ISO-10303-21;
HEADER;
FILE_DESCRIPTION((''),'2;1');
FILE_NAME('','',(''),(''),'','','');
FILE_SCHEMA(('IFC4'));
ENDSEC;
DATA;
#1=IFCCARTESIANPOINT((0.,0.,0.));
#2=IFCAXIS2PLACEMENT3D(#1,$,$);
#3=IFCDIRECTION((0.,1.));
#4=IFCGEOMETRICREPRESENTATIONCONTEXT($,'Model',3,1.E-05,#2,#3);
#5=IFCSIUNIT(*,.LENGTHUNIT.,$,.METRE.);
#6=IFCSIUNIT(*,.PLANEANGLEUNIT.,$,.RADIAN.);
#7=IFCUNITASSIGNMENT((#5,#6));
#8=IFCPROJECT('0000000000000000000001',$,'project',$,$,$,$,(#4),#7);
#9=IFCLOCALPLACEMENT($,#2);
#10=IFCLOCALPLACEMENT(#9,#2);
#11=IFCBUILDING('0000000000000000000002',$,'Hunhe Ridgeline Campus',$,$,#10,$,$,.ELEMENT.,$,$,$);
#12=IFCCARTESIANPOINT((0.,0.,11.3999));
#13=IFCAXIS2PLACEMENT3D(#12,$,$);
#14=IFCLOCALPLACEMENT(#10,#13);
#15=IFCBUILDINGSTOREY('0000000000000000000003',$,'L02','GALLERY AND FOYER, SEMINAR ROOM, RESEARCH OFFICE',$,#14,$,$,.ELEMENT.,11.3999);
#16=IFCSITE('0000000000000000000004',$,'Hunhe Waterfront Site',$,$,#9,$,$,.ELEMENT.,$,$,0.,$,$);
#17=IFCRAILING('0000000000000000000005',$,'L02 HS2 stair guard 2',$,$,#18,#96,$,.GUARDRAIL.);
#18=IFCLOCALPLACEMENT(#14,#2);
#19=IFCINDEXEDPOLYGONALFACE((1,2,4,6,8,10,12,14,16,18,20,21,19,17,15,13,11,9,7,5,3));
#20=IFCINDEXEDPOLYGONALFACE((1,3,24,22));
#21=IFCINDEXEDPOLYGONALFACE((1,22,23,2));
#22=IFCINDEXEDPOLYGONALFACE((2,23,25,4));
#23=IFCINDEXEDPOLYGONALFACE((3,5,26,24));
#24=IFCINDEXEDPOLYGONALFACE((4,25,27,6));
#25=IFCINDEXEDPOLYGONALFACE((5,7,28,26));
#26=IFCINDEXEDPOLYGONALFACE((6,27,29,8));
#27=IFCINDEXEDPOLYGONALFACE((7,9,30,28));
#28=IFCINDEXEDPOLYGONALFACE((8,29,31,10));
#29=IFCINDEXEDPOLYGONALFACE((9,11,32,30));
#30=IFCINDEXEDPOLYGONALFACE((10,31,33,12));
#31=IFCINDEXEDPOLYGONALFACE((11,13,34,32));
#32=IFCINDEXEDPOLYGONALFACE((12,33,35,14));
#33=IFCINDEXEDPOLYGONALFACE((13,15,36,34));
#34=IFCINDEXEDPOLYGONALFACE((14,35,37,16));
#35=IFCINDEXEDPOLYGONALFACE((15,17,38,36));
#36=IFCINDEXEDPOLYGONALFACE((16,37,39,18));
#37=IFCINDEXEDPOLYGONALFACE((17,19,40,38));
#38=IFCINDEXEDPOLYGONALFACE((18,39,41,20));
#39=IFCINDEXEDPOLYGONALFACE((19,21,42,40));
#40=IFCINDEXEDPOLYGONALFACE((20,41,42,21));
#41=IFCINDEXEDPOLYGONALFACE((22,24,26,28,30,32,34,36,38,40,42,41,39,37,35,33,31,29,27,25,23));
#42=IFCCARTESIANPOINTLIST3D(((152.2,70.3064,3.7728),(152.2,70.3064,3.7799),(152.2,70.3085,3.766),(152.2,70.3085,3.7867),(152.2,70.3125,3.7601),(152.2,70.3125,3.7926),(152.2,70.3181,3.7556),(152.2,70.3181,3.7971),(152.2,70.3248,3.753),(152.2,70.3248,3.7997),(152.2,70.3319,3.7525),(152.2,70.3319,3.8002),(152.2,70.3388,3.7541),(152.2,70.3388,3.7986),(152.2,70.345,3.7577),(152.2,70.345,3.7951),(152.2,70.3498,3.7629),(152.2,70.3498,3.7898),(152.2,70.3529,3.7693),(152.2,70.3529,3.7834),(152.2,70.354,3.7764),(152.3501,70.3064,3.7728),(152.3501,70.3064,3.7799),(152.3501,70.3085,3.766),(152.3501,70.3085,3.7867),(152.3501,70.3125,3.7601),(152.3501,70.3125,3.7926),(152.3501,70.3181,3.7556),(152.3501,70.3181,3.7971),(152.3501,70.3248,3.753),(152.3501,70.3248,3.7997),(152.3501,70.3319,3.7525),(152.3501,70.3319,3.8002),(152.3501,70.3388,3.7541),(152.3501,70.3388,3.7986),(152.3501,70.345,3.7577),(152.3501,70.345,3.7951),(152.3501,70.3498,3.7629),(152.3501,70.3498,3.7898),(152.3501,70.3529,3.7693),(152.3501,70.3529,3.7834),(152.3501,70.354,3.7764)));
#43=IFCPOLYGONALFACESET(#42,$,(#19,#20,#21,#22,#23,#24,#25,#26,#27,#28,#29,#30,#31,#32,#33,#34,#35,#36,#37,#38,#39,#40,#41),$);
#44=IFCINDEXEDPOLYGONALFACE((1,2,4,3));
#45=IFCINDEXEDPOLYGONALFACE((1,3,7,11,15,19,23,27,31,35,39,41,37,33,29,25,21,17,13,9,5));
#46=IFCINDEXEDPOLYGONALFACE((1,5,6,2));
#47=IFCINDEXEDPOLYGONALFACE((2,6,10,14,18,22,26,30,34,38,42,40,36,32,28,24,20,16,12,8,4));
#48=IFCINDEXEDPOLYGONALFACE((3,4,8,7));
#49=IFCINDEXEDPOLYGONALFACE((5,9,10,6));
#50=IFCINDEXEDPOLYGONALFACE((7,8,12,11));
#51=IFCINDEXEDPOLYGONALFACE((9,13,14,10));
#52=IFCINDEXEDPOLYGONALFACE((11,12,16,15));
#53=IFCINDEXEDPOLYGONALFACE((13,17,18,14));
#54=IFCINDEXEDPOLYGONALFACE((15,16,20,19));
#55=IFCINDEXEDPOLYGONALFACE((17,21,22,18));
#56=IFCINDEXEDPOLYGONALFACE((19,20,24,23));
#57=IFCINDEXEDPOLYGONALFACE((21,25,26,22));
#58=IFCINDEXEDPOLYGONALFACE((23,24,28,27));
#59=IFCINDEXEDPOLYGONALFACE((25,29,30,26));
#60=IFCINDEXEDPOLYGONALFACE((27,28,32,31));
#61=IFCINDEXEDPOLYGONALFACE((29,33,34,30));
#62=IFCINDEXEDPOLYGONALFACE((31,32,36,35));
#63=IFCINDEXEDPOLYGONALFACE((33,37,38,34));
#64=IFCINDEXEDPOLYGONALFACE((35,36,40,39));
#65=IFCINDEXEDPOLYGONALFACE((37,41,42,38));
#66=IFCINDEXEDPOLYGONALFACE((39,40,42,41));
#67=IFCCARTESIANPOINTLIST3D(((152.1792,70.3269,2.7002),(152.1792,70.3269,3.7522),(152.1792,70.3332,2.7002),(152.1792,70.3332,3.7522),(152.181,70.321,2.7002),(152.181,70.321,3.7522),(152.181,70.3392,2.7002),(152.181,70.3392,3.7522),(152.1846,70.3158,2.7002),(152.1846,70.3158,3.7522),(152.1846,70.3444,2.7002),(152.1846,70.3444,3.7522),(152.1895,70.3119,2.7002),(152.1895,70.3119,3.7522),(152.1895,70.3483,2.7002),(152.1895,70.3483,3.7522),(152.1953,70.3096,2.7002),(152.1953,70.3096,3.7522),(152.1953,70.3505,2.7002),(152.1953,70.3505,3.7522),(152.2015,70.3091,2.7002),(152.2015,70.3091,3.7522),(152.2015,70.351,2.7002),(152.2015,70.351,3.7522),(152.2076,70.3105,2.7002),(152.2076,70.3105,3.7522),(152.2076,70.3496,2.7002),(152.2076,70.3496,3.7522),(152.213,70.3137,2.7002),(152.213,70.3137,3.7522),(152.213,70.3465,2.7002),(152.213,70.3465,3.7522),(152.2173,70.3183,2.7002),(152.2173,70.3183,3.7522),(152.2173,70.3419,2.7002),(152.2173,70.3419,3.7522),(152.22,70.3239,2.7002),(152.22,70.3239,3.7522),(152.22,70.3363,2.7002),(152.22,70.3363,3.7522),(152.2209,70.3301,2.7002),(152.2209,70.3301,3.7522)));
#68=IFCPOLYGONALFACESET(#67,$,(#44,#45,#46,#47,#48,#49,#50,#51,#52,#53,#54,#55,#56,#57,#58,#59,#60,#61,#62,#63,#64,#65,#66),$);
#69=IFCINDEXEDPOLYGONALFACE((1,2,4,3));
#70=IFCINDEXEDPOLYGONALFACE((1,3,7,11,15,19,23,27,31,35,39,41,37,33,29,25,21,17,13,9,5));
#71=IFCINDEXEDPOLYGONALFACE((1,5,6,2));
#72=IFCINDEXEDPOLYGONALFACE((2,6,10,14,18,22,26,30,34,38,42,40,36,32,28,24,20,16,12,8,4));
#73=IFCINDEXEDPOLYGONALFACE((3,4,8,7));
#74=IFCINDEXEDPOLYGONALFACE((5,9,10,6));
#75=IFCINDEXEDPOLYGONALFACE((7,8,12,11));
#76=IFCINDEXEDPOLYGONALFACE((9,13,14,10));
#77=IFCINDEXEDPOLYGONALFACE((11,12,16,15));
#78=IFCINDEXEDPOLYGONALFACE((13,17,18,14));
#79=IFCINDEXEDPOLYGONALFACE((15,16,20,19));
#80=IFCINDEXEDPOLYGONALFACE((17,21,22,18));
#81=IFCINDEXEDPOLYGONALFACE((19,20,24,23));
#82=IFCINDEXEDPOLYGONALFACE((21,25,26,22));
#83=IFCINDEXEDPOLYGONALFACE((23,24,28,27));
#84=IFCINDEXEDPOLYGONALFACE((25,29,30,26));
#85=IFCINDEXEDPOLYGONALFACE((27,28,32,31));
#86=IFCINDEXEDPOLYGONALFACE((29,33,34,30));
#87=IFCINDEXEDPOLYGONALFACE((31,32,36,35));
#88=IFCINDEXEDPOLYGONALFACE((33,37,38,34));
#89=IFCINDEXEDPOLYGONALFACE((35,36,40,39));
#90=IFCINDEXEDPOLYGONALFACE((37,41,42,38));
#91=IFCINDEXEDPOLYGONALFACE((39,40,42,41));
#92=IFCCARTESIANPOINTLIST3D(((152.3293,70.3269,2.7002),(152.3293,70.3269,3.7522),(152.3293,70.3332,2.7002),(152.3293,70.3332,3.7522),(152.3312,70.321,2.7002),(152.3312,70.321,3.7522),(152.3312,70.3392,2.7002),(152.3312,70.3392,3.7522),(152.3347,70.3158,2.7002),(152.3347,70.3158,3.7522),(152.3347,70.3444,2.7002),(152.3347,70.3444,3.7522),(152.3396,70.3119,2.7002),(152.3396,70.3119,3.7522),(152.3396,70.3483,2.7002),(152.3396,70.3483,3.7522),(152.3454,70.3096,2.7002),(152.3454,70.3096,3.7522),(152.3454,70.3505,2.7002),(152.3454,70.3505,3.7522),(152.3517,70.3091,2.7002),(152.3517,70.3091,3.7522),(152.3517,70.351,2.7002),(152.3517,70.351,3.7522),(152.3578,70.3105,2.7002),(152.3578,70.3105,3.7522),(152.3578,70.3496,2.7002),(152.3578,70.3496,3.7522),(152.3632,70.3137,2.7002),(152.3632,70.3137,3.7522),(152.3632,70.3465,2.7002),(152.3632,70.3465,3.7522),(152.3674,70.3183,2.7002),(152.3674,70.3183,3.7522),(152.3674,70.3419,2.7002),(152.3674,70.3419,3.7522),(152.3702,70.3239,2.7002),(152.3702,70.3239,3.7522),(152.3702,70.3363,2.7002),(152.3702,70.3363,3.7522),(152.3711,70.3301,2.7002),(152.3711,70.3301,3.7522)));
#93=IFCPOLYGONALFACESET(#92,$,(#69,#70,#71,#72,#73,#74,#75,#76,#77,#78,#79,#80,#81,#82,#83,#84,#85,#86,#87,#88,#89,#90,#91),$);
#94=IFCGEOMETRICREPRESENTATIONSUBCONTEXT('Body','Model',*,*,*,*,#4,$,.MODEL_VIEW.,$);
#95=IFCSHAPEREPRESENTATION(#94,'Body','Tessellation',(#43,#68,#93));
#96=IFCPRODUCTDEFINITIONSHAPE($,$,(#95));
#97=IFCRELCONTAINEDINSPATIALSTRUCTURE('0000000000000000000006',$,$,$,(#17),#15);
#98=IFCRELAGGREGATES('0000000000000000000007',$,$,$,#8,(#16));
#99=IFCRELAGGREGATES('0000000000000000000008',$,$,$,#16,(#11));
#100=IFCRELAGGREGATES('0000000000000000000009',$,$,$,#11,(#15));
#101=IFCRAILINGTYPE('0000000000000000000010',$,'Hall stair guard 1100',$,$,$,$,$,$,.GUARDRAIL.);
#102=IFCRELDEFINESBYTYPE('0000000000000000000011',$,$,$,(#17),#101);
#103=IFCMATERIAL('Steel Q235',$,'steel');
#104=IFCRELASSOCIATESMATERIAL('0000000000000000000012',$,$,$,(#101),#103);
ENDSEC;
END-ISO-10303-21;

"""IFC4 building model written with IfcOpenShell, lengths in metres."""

from ifc_helpers import new_model, si_unit, direction, frame, origin, origin_2d, place, context, subcontext, project, spatial, circle, extrude, material, type_object, element, save


model = new_model("IFC4")

# Units and contexts
model_context = context("Model", 3, precision=1e-05, world=origin(), true_north=direction((0.0, 1.0)))
body_context = subcontext(model_context, "Body", "Model", "MODEL_VIEW")
ifc_project = project(units=[si_unit("LENGTHUNIT", "METRE"), si_unit("PLANEANGLEUNIT", "RADIAN")], contexts=[model_context])

# Site, building, storey
site_placement = place(None, origin())
site = spatial("IfcSite", under=ifc_project, at=site_placement, Name="Hunhe Waterfront Site", CompositionType="ELEMENT", RefElevation=0.0)
building_placement = place(site_placement, origin())
building = spatial("IfcBuilding", under=site, at=building_placement, Name="Hunhe Ridgeline Campus", CompositionType="ELEMENT")
storey_placement = place(building_placement, frame((0.0, 0.0, 11.3999)))
storey = spatial("IfcBuildingStorey", under=building, at=storey_placement, Name="L02", Description="GALLERY AND FOYER, SEMINAR ROOM, RESEARCH OFFICE", CompositionType="ELEMENT", Elevation=11.3999)

# Shared definitions
ifc_material_1 = material(Name="Steel Q235", Category="steel")

# Railing
railing_type_1 = type_object("IfcRailingType", Name="Hall stair guard 1100", PredefinedType="GUARDRAIL", material=ifc_material_1)
railing_1_placement = place(storey_placement, frame((152.2, 70.3301, 2.7002)))
element("IfcRailing", 1, at=railing_1_placement, inside=storey, type_object=railing_type_1, Name="L02 HS2 stair guard 2", PredefinedType="GUARDRAIL", context=body_context, shape_type="SweptSolid", body=[
    extrude(circle(Radius=0.0239, at=origin_2d()), frame((0.0, 0.0, 1.0762), z_axis=(1.0, 0.0, 0.0), x_axis=(0.0, 1.0, 0.0)), (0.0, 0.0, 1.0), 0.1501),
    extrude(circle(Radius=0.021, at=origin_2d()), origin(), (0.0, 0.0, 1.0), 1.052),
    extrude(circle(Radius=0.021, at=origin_2d()), frame((0.1501, 0.0, 0.0)), (0.0, 0.0, 1.0), 1.052),
])

save(model, "model.ifc")
